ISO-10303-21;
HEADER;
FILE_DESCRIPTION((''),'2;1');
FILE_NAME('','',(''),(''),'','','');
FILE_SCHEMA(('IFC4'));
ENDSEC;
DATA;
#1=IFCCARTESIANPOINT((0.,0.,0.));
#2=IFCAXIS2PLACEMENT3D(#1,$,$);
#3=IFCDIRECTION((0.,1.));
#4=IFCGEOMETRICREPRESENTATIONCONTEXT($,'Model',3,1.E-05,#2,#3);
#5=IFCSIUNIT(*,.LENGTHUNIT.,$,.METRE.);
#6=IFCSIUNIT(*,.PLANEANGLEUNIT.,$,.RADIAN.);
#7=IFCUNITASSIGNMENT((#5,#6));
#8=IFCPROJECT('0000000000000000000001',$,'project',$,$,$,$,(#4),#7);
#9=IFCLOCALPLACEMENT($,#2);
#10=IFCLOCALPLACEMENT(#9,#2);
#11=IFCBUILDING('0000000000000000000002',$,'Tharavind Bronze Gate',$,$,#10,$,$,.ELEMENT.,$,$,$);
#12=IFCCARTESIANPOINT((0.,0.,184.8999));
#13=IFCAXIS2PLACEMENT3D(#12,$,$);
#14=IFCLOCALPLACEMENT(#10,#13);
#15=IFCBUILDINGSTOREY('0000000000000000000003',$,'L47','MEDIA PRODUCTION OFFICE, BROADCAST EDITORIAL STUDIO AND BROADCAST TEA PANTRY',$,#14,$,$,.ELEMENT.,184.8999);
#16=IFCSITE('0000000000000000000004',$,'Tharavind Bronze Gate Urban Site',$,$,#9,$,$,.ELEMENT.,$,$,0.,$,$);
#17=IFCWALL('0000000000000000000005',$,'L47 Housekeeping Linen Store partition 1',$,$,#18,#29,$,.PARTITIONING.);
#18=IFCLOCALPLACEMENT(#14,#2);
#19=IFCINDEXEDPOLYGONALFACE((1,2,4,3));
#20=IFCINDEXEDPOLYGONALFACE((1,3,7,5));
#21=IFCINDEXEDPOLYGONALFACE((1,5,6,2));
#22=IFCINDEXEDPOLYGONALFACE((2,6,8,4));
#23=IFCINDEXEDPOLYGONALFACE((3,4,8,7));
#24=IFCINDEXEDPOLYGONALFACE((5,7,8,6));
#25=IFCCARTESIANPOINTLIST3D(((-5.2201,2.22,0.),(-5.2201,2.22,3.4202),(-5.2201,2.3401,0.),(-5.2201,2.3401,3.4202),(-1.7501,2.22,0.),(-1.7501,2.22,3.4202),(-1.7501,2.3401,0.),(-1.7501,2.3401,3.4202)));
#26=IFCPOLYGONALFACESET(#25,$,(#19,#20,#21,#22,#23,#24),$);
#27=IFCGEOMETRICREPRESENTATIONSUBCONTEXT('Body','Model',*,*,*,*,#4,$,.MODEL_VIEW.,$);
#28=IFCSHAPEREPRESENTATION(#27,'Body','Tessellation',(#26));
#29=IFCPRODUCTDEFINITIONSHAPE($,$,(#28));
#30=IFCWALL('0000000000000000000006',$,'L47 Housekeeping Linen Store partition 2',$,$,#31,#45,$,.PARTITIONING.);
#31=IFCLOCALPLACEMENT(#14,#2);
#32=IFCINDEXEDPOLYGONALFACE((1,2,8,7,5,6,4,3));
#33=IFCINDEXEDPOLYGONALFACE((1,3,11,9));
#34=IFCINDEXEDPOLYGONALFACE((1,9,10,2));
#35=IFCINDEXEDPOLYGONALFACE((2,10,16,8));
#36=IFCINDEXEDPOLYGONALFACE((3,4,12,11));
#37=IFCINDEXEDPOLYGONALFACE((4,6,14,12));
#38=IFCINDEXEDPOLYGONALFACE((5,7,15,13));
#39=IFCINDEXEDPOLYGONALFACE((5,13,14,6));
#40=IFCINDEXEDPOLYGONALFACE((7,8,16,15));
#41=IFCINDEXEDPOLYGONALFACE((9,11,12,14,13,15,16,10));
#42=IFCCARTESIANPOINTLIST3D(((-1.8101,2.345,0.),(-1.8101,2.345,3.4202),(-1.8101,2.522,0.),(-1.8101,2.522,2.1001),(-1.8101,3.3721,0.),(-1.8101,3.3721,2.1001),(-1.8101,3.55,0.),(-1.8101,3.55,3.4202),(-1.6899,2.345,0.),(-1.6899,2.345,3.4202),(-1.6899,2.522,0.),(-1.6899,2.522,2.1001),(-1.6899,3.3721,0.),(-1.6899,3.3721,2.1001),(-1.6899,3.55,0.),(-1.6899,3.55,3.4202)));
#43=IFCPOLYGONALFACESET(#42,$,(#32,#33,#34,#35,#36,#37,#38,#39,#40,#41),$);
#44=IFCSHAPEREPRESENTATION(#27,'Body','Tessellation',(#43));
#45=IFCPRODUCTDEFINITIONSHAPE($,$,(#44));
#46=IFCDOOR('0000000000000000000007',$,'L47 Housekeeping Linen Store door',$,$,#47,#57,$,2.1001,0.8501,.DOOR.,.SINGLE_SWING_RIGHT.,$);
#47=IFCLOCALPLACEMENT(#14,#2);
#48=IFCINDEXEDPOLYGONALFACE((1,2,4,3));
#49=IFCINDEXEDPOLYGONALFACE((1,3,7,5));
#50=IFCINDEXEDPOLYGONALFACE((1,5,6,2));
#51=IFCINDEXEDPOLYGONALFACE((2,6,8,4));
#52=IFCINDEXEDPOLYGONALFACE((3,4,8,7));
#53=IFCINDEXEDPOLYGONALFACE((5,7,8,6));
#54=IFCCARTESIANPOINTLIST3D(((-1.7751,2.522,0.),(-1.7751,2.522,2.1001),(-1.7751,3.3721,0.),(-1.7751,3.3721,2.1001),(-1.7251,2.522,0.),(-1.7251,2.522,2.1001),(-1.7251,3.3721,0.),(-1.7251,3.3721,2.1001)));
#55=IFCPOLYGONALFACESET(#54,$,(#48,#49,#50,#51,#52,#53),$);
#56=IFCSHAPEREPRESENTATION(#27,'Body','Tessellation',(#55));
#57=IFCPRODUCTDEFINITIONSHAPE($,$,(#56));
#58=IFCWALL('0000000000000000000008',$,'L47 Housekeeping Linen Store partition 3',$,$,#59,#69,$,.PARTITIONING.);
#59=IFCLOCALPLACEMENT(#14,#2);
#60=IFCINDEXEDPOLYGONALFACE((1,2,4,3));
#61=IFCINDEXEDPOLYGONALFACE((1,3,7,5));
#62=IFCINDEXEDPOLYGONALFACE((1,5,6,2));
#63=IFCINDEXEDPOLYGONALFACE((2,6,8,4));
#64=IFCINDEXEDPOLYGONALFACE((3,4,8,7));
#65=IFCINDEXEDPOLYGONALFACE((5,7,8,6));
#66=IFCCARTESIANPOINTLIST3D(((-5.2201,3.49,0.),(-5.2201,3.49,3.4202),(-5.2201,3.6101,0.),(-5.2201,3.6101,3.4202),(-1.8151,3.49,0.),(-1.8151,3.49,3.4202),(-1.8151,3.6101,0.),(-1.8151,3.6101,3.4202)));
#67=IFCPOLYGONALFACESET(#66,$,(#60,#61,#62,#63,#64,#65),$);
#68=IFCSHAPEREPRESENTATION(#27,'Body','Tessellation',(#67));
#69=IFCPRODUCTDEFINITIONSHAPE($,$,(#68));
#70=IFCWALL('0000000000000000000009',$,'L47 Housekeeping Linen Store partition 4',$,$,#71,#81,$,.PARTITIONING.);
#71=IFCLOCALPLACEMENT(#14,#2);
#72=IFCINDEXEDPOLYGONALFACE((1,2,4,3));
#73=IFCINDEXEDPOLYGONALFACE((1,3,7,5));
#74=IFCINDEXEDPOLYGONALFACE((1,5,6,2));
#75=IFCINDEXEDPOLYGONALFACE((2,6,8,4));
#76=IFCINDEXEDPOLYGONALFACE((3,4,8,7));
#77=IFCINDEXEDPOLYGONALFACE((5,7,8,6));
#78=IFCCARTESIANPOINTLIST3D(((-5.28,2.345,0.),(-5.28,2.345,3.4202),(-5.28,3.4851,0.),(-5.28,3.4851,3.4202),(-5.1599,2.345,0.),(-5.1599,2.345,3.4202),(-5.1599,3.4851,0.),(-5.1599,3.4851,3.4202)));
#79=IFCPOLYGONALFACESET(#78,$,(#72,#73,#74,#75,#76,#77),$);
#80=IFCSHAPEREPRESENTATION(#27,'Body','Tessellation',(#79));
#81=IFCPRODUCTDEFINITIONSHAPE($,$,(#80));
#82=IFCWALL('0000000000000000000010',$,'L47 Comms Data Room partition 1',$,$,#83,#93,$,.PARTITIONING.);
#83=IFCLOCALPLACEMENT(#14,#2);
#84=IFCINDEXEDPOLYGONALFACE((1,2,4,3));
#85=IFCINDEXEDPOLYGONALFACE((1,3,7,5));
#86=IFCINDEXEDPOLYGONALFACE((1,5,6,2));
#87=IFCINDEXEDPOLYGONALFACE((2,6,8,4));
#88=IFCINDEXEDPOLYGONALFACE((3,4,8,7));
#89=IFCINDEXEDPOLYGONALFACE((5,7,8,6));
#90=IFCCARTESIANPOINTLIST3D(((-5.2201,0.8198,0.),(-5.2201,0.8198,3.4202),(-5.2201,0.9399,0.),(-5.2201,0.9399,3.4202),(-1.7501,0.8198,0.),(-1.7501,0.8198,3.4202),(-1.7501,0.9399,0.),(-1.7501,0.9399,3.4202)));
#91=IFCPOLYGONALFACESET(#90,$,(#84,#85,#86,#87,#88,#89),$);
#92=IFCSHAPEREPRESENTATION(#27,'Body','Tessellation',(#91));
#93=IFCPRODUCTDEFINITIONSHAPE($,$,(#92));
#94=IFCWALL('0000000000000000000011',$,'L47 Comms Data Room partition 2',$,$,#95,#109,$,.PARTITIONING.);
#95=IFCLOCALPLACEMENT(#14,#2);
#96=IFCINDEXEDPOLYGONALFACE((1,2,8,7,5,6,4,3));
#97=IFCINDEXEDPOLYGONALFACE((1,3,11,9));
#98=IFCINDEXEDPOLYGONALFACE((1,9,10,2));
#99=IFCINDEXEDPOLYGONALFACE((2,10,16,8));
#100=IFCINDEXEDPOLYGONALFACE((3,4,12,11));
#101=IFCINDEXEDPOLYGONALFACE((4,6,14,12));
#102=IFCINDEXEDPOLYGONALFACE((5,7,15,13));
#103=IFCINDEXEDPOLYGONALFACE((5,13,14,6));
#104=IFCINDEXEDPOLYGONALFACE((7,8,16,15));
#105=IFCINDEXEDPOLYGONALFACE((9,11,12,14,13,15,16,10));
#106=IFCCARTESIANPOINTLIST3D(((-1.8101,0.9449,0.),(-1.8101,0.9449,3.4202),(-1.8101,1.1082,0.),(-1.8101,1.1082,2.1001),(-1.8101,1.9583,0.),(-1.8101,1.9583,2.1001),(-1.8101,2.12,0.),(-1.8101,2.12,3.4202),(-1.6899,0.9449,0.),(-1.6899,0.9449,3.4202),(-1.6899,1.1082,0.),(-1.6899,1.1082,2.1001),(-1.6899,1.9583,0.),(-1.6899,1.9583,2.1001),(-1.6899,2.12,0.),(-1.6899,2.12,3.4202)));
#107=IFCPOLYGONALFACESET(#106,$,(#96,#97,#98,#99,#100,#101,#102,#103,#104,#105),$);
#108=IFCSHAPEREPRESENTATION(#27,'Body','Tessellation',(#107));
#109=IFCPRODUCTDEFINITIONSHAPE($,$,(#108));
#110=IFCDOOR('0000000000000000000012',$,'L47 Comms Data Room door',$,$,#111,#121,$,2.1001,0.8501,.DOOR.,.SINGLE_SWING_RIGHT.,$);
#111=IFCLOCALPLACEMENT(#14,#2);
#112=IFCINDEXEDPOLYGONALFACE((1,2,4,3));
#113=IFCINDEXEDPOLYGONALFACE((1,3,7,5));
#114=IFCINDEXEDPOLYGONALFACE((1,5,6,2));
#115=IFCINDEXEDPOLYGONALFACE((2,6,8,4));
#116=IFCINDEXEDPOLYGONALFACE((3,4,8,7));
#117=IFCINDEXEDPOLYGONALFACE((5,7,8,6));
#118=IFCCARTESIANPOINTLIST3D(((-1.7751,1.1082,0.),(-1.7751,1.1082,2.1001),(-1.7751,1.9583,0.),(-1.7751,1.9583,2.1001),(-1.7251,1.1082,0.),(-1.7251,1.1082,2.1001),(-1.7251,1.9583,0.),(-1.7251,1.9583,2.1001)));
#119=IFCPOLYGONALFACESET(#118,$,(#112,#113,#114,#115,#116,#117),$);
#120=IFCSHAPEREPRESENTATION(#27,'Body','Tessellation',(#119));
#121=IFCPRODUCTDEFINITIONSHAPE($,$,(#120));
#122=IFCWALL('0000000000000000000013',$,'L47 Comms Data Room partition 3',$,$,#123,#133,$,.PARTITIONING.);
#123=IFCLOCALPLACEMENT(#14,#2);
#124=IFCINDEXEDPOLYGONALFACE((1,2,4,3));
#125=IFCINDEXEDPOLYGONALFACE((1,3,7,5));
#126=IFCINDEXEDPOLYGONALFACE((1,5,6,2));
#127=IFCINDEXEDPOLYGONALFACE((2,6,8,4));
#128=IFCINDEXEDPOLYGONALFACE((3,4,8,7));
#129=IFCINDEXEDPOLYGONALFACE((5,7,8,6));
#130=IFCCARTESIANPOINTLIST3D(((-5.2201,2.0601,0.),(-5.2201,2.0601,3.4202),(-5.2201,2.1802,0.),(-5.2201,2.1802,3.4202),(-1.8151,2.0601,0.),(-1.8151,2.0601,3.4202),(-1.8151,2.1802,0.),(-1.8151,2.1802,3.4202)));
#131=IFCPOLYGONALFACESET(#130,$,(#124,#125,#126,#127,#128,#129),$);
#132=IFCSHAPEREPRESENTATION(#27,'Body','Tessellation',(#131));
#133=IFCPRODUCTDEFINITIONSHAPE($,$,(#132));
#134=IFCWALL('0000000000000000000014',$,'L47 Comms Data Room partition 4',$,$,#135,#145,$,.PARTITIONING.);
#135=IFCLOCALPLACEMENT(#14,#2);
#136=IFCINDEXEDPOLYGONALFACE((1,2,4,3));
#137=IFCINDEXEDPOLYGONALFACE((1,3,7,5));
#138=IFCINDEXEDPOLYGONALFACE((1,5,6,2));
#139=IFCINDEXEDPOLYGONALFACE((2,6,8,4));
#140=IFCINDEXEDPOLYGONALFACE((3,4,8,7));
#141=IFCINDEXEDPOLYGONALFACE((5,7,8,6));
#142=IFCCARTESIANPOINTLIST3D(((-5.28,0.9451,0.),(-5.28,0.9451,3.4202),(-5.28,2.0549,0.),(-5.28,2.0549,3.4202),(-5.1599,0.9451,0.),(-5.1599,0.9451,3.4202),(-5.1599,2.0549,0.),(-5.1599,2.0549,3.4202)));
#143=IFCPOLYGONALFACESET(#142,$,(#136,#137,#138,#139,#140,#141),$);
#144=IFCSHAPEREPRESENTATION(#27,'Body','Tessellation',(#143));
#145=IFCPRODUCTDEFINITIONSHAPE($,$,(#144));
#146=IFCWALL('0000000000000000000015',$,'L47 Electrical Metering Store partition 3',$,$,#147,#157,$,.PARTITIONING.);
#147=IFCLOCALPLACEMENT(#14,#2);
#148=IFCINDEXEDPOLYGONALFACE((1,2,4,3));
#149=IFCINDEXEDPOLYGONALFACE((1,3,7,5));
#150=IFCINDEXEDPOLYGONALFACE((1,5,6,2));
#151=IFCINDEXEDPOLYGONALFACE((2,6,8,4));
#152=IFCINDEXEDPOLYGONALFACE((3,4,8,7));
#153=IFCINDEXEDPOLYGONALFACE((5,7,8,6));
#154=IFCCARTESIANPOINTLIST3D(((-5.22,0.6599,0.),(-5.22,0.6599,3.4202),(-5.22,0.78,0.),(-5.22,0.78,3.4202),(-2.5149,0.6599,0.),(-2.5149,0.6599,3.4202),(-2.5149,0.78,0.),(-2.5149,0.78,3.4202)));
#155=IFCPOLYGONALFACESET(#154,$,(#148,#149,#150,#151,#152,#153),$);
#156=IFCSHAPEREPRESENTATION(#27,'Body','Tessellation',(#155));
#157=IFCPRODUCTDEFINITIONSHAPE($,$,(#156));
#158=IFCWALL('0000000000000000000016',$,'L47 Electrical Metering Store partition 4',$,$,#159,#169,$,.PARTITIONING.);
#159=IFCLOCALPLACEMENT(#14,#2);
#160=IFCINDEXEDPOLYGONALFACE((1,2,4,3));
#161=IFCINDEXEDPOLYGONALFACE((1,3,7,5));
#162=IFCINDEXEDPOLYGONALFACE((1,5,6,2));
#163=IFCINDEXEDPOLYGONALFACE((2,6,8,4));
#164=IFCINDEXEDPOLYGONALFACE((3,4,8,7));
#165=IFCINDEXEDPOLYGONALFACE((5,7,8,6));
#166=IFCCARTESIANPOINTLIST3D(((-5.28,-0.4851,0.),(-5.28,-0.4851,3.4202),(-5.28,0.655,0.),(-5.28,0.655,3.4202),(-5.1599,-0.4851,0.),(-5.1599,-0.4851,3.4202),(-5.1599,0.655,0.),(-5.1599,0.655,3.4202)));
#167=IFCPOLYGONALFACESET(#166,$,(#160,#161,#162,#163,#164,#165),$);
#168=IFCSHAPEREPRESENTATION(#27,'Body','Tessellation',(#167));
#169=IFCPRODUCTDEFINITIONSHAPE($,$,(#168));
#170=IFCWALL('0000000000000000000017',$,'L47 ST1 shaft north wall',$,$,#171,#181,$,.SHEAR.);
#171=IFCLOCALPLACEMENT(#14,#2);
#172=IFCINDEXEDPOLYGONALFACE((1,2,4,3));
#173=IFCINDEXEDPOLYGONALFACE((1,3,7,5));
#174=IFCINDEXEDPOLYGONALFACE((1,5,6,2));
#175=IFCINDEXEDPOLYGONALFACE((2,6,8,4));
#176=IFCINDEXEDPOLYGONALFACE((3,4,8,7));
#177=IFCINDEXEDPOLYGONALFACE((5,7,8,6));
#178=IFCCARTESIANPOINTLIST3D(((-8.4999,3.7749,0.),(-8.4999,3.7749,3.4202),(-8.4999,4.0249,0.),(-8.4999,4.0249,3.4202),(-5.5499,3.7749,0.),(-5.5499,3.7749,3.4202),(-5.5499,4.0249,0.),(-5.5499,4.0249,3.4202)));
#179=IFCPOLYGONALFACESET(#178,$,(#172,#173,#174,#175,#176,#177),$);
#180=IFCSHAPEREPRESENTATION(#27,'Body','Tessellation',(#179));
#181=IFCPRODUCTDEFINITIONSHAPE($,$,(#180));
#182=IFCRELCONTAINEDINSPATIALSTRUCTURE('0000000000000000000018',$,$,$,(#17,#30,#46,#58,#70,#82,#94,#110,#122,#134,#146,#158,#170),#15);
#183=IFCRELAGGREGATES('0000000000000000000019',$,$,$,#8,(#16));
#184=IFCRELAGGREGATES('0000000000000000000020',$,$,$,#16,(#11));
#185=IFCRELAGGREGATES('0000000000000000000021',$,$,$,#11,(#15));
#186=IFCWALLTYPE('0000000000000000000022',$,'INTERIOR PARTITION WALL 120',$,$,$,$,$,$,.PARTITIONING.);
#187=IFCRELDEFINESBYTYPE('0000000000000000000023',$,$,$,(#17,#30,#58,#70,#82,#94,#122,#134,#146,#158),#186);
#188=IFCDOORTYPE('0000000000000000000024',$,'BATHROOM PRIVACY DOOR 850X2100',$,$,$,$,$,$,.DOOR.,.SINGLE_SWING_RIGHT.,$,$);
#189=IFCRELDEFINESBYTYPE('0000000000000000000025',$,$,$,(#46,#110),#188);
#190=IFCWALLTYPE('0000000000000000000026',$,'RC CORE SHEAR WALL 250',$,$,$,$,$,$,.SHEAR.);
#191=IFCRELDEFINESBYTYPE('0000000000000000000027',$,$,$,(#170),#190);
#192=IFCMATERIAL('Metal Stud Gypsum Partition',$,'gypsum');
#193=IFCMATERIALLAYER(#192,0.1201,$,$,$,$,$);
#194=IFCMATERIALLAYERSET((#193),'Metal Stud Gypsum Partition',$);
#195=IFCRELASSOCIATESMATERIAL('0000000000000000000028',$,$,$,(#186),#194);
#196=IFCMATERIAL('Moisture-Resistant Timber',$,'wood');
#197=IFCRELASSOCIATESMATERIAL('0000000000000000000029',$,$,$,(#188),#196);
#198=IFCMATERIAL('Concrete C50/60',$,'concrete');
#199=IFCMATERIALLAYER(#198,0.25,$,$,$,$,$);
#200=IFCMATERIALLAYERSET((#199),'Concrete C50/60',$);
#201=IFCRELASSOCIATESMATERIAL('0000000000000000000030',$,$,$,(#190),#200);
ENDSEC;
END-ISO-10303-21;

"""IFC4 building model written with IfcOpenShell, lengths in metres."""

from ifc_helpers import new_model, si_unit, direction, frame, frame_2d, origin, place, context, subcontext, project, spatial, rectangle, extrude, material, layer, layer_set, type_object, element, fill, save


model = new_model("IFC4")

# Units and contexts
model_context = context("Model", 3, precision=1e-05, world=origin(), true_north=direction((0.0, 1.0)))
body_context = subcontext(model_context, "Body", "Model", "MODEL_VIEW")
ifc_project = project(units=[si_unit("LENGTHUNIT", "METRE"), si_unit("PLANEANGLEUNIT", "RADIAN")], contexts=[model_context])

# Site, building, storey
site_placement = place(None, origin())
site = spatial("IfcSite", under=ifc_project, at=site_placement, Name="Tharavind Bronze Gate Urban Site", CompositionType="ELEMENT", RefElevation=0.0)
building_placement = place(site_placement, origin())
building = spatial("IfcBuilding", under=site, at=building_placement, Name="Tharavind Bronze Gate", CompositionType="ELEMENT")
storey_placement = place(building_placement, frame((0.0, 0.0, 184.8999)))
storey = spatial("IfcBuildingStorey", under=building, at=storey_placement, Name="L47", Description="MEDIA PRODUCTION OFFICE, BROADCAST EDITORIAL STUDIO AND BROADCAST TEA PANTRY", CompositionType="ELEMENT", Elevation=184.8999)

# Wall
ifc_material_1 = material(Name="Metal Stud Gypsum Partition", Category="gypsum")
ifc_layer_1 = layer(ifc_material_1, 0.1201)
ifc_layer_set_1 = layer_set([ifc_layer_1], Name="Metal Stud Gypsum Partition")
wall_type_1 = type_object("IfcWallType", Name="INTERIOR PARTITION WALL 120", PredefinedType="PARTITIONING", material=ifc_layer_set_1)
wall_1_placement = place(storey_placement, frame((-5.22, 2.28, 0.0), z_axis=(0.0, 0.0, 1.0), x_axis=(1.0, 0.0, 0.0)))
element("IfcWall", 1, at=wall_1_placement, inside=storey, type_object=wall_type_1, Name="L47 Housekeeping Linen Store partition 1", PredefinedType="PARTITIONING", context=body_context, shape_type="SweptSolid", body=[
    extrude(rectangle(XDim=3.47, YDim=0.1201, at=frame_2d((1.7349, 0.0))), origin(), (0.0, 0.0, 1.0), 3.4202),
])

# Wall, opening, door
wall_2_placement = place(storey_placement, frame((-1.75, 2.345, 0.0), z_axis=(0.0, 0.0, 1.0), x_axis=(0.0, 1.0, 0.0)))
wall_2 = element("IfcWall", 2, at=wall_2_placement, inside=storey, type_object=wall_type_1, Name="L47 Housekeeping Linen Store partition 2", PredefinedType="PARTITIONING", context=body_context, shape_type="SweptSolid", body=[
    extrude(rectangle(XDim=1.2051, YDim=0.1201, at=frame_2d((0.6025, 0.0))), origin(), (0.0, 0.0, 1.0), 3.4202),
])
opening_1_placement = place(wall_2_placement, frame((0.177, 0.0, 0.0)))
opening_1 = element("IfcOpeningElement", 3, at=opening_1_placement, cuts=wall_2, PredefinedType="OPENING", context=body_context, shape_type="SweptSolid", body=[
    extrude(rectangle(XDim=0.8501, YDim=2.1001, at=frame_2d((0.425, 1.05))), frame((0.0, 0.0701, 0.0), z_axis=(0.0, -1.0, 0.0), x_axis=(1.0, 0.0, 0.0)), (0.0, 0.0, 1.0), 0.1401),
])
ifc_material_2 = material(Name="Moisture-Resistant Timber", Category="wood")
door_type_1 = type_object("IfcDoorType", Name="BATHROOM PRIVACY DOOR 850X2100", OperationType="SINGLE_SWING_RIGHT", PredefinedType="DOOR", material=ifc_material_2)
door_1_placement = place(opening_1_placement, frame((0.8501, 0.0, 0.0), z_axis=(0.0, 0.0, 1.0), x_axis=(-1.0, 0.0, 0.0)))
door_1 = element("IfcDoor", 4, at=door_1_placement, inside=storey, type_object=door_type_1, Name="L47 Housekeeping Linen Store door", OperationType="SINGLE_SWING_RIGHT", OverallHeight=2.1001, OverallWidth=0.8501, PredefinedType="DOOR", context=body_context, shape_type="SweptSolid", body=[
    extrude(rectangle(XDim=0.8501, YDim=2.1001, at=frame_2d((0.425, 1.05))), frame((0.0, 0.0249, 0.0), z_axis=(0.0, -1.0, 0.0), x_axis=(1.0, 0.0, 0.0)), (0.0, 0.0, 1.0), 0.05),
])
fill(opening_1, door_1)

# Walls
wall_3_placement = place(storey_placement, frame((-1.8149, 3.55, 0.0), z_axis=(0.0, 0.0, 1.0), x_axis=(-1.0, 0.0, 0.0)))
element("IfcWall", 5, at=wall_3_placement, inside=storey, type_object=wall_type_1, Name="L47 Housekeeping Linen Store partition 3", PredefinedType="PARTITIONING", context=body_context, shape_type="SweptSolid", body=[
    extrude(rectangle(XDim=3.405, YDim=0.1201, at=frame_2d((1.7026, 0.0))), origin(), (0.0, 0.0, 1.0), 3.4202),
])
wall_4_placement = place(storey_placement, frame((-5.22, 3.4851, 0.0), z_axis=(0.0, 0.0, 1.0), x_axis=(0.0, -1.0, 0.0)))
element("IfcWall", 6, at=wall_4_placement, inside=storey, type_object=wall_type_1, Name="L47 Housekeeping Linen Store partition 4", PredefinedType="PARTITIONING", context=body_context, shape_type="SweptSolid", body=[
    extrude(rectangle(XDim=1.1401, YDim=0.1201, at=frame_2d((0.5701, 0.0))), origin(), (0.0, 0.0, 1.0), 3.4202),
])
wall_5_placement = place(storey_placement, frame((-5.22, 0.8799, 0.0), z_axis=(0.0, 0.0, 1.0), x_axis=(1.0, 0.0, 0.0)))
element("IfcWall", 7, at=wall_5_placement, inside=storey, type_object=wall_type_1, Name="L47 Comms Data Room partition 1", PredefinedType="PARTITIONING", context=body_context, shape_type="SweptSolid", body=[
    extrude(rectangle(XDim=3.47, YDim=0.1201, at=frame_2d((1.7349, 0.0))), origin(), (0.0, 0.0, 1.0), 3.4202),
])

# Wall, opening, door
wall_6_placement = place(storey_placement, frame((-1.75, 0.9451, 0.0), z_axis=(0.0, 0.0, 1.0), x_axis=(0.0, 1.0, 0.0)))
wall_6 = element("IfcWall", 8, at=wall_6_placement, inside=storey, type_object=wall_type_1, Name="L47 Comms Data Room partition 2", PredefinedType="PARTITIONING", context=body_context, shape_type="SweptSolid", body=[
    extrude(rectangle(XDim=1.175, YDim=0.1201, at=frame_2d((0.5874, 0.0))), origin(), (0.0, 0.0, 1.0), 3.4202),
])
opening_2_placement = place(wall_6_placement, frame((0.1631, 0.0, 0.0)))
opening_2 = element("IfcOpeningElement", 9, at=opening_2_placement, cuts=wall_6, PredefinedType="OPENING", context=body_context, shape_type="SweptSolid", body=[
    extrude(rectangle(XDim=0.8501, YDim=2.1001, at=frame_2d((0.425, 1.05))), frame((0.0, 0.0701, 0.0), z_axis=(0.0, -1.0, 0.0), x_axis=(1.0, 0.0, 0.0)), (0.0, 0.0, 1.0), 0.1401),
])
door_2_placement = place(opening_2_placement, frame((0.8501, 0.0, 0.0), z_axis=(0.0, 0.0, 1.0), x_axis=(-1.0, 0.0, 0.0)))
door_2 = element("IfcDoor", 10, at=door_2_placement, inside=storey, type_object=door_type_1, Name="L47 Comms Data Room door", OperationType="SINGLE_SWING_RIGHT", OverallHeight=2.1001, OverallWidth=0.8501, PredefinedType="DOOR", context=body_context, shape_type="SweptSolid", body=[
    extrude(rectangle(XDim=0.8501, YDim=2.1001, at=frame_2d((0.425, 1.05))), frame((0.0, 0.0249, 0.0), z_axis=(0.0, -1.0, 0.0), x_axis=(1.0, 0.0, 0.0)), (0.0, 0.0, 1.0), 0.05),
])
fill(opening_2, door_2)

# Walls
wall_7_placement = place(storey_placement, frame((-1.8149, 2.1201, 0.0), z_axis=(0.0, 0.0, 1.0), x_axis=(-1.0, 0.0, 0.0)))
element("IfcWall", 11, at=wall_7_placement, inside=storey, type_object=wall_type_1, Name="L47 Comms Data Room partition 3", PredefinedType="PARTITIONING", context=body_context, shape_type="SweptSolid", body=[
    extrude(rectangle(XDim=3.405, YDim=0.1201, at=frame_2d((1.7026, 0.0))), origin(), (0.0, 0.0, 1.0), 3.4202),
])
wall_8_placement = place(storey_placement, frame((-5.22, 2.0549, 0.0), z_axis=(0.0, 0.0, 1.0), x_axis=(0.0, -1.0, 0.0)))
element("IfcWall", 12, at=wall_8_placement, inside=storey, type_object=wall_type_1, Name="L47 Comms Data Room partition 4", PredefinedType="PARTITIONING", context=body_context, shape_type="SweptSolid", body=[
    extrude(rectangle(XDim=1.1099, YDim=0.1201, at=frame_2d((0.5549, 0.0))), origin(), (0.0, 0.0, 1.0), 3.4202),
])
wall_9_placement = place(storey_placement, frame((-2.5149, 0.72, 0.0), z_axis=(0.0, 0.0, 1.0), x_axis=(-1.0, 0.0, 0.0)))
element("IfcWall", 13, at=wall_9_placement, inside=storey, type_object=wall_type_1, Name="L47 Electrical Metering Store partition 3", PredefinedType="PARTITIONING", context=body_context, shape_type="SweptSolid", body=[
    extrude(rectangle(XDim=2.7051, YDim=0.1201, at=frame_2d((1.3525, 0.0))), origin(), (0.0, 0.0, 1.0), 3.4202),
])
wall_10_placement = place(storey_placement, frame((-5.22, 0.655, 0.0), z_axis=(0.0, 0.0, 1.0), x_axis=(0.0, -1.0, 0.0)))
element("IfcWall", 14, at=wall_10_placement, inside=storey, type_object=wall_type_1, Name="L47 Electrical Metering Store partition 4", PredefinedType="PARTITIONING", context=body_context, shape_type="SweptSolid", body=[
    extrude(rectangle(XDim=1.1401, YDim=0.1201, at=frame_2d((0.5701, 0.0))), origin(), (0.0, 0.0, 1.0), 3.4202),
])
ifc_material_3 = material(Name="Concrete C50/60", Category="concrete")
ifc_layer_2 = layer(ifc_material_3, 0.25)
ifc_layer_set_2 = layer_set([ifc_layer_2], Name="Concrete C50/60")
wall_type_2 = type_object("IfcWallType", Name="RC CORE SHEAR WALL 250", PredefinedType="SHEAR", material=ifc_layer_set_2)
wall_11_placement = place(storey_placement, frame((-8.5, 3.8999, 0.0), z_axis=(0.0, 0.0, 1.0), x_axis=(1.0, 0.0, 0.0)))
element("IfcWall", 15, at=wall_11_placement, inside=storey, type_object=wall_type_2, Name="L47 ST1 shaft north wall", PredefinedType="SHEAR", context=body_context, shape_type="SweptSolid", body=[
    extrude(rectangle(XDim=2.95, YDim=0.25, at=frame_2d((1.4751, 0.0))), origin(), (0.0, 0.0, 1.0), 3.4202),
])

save(model, "model.ifc")
